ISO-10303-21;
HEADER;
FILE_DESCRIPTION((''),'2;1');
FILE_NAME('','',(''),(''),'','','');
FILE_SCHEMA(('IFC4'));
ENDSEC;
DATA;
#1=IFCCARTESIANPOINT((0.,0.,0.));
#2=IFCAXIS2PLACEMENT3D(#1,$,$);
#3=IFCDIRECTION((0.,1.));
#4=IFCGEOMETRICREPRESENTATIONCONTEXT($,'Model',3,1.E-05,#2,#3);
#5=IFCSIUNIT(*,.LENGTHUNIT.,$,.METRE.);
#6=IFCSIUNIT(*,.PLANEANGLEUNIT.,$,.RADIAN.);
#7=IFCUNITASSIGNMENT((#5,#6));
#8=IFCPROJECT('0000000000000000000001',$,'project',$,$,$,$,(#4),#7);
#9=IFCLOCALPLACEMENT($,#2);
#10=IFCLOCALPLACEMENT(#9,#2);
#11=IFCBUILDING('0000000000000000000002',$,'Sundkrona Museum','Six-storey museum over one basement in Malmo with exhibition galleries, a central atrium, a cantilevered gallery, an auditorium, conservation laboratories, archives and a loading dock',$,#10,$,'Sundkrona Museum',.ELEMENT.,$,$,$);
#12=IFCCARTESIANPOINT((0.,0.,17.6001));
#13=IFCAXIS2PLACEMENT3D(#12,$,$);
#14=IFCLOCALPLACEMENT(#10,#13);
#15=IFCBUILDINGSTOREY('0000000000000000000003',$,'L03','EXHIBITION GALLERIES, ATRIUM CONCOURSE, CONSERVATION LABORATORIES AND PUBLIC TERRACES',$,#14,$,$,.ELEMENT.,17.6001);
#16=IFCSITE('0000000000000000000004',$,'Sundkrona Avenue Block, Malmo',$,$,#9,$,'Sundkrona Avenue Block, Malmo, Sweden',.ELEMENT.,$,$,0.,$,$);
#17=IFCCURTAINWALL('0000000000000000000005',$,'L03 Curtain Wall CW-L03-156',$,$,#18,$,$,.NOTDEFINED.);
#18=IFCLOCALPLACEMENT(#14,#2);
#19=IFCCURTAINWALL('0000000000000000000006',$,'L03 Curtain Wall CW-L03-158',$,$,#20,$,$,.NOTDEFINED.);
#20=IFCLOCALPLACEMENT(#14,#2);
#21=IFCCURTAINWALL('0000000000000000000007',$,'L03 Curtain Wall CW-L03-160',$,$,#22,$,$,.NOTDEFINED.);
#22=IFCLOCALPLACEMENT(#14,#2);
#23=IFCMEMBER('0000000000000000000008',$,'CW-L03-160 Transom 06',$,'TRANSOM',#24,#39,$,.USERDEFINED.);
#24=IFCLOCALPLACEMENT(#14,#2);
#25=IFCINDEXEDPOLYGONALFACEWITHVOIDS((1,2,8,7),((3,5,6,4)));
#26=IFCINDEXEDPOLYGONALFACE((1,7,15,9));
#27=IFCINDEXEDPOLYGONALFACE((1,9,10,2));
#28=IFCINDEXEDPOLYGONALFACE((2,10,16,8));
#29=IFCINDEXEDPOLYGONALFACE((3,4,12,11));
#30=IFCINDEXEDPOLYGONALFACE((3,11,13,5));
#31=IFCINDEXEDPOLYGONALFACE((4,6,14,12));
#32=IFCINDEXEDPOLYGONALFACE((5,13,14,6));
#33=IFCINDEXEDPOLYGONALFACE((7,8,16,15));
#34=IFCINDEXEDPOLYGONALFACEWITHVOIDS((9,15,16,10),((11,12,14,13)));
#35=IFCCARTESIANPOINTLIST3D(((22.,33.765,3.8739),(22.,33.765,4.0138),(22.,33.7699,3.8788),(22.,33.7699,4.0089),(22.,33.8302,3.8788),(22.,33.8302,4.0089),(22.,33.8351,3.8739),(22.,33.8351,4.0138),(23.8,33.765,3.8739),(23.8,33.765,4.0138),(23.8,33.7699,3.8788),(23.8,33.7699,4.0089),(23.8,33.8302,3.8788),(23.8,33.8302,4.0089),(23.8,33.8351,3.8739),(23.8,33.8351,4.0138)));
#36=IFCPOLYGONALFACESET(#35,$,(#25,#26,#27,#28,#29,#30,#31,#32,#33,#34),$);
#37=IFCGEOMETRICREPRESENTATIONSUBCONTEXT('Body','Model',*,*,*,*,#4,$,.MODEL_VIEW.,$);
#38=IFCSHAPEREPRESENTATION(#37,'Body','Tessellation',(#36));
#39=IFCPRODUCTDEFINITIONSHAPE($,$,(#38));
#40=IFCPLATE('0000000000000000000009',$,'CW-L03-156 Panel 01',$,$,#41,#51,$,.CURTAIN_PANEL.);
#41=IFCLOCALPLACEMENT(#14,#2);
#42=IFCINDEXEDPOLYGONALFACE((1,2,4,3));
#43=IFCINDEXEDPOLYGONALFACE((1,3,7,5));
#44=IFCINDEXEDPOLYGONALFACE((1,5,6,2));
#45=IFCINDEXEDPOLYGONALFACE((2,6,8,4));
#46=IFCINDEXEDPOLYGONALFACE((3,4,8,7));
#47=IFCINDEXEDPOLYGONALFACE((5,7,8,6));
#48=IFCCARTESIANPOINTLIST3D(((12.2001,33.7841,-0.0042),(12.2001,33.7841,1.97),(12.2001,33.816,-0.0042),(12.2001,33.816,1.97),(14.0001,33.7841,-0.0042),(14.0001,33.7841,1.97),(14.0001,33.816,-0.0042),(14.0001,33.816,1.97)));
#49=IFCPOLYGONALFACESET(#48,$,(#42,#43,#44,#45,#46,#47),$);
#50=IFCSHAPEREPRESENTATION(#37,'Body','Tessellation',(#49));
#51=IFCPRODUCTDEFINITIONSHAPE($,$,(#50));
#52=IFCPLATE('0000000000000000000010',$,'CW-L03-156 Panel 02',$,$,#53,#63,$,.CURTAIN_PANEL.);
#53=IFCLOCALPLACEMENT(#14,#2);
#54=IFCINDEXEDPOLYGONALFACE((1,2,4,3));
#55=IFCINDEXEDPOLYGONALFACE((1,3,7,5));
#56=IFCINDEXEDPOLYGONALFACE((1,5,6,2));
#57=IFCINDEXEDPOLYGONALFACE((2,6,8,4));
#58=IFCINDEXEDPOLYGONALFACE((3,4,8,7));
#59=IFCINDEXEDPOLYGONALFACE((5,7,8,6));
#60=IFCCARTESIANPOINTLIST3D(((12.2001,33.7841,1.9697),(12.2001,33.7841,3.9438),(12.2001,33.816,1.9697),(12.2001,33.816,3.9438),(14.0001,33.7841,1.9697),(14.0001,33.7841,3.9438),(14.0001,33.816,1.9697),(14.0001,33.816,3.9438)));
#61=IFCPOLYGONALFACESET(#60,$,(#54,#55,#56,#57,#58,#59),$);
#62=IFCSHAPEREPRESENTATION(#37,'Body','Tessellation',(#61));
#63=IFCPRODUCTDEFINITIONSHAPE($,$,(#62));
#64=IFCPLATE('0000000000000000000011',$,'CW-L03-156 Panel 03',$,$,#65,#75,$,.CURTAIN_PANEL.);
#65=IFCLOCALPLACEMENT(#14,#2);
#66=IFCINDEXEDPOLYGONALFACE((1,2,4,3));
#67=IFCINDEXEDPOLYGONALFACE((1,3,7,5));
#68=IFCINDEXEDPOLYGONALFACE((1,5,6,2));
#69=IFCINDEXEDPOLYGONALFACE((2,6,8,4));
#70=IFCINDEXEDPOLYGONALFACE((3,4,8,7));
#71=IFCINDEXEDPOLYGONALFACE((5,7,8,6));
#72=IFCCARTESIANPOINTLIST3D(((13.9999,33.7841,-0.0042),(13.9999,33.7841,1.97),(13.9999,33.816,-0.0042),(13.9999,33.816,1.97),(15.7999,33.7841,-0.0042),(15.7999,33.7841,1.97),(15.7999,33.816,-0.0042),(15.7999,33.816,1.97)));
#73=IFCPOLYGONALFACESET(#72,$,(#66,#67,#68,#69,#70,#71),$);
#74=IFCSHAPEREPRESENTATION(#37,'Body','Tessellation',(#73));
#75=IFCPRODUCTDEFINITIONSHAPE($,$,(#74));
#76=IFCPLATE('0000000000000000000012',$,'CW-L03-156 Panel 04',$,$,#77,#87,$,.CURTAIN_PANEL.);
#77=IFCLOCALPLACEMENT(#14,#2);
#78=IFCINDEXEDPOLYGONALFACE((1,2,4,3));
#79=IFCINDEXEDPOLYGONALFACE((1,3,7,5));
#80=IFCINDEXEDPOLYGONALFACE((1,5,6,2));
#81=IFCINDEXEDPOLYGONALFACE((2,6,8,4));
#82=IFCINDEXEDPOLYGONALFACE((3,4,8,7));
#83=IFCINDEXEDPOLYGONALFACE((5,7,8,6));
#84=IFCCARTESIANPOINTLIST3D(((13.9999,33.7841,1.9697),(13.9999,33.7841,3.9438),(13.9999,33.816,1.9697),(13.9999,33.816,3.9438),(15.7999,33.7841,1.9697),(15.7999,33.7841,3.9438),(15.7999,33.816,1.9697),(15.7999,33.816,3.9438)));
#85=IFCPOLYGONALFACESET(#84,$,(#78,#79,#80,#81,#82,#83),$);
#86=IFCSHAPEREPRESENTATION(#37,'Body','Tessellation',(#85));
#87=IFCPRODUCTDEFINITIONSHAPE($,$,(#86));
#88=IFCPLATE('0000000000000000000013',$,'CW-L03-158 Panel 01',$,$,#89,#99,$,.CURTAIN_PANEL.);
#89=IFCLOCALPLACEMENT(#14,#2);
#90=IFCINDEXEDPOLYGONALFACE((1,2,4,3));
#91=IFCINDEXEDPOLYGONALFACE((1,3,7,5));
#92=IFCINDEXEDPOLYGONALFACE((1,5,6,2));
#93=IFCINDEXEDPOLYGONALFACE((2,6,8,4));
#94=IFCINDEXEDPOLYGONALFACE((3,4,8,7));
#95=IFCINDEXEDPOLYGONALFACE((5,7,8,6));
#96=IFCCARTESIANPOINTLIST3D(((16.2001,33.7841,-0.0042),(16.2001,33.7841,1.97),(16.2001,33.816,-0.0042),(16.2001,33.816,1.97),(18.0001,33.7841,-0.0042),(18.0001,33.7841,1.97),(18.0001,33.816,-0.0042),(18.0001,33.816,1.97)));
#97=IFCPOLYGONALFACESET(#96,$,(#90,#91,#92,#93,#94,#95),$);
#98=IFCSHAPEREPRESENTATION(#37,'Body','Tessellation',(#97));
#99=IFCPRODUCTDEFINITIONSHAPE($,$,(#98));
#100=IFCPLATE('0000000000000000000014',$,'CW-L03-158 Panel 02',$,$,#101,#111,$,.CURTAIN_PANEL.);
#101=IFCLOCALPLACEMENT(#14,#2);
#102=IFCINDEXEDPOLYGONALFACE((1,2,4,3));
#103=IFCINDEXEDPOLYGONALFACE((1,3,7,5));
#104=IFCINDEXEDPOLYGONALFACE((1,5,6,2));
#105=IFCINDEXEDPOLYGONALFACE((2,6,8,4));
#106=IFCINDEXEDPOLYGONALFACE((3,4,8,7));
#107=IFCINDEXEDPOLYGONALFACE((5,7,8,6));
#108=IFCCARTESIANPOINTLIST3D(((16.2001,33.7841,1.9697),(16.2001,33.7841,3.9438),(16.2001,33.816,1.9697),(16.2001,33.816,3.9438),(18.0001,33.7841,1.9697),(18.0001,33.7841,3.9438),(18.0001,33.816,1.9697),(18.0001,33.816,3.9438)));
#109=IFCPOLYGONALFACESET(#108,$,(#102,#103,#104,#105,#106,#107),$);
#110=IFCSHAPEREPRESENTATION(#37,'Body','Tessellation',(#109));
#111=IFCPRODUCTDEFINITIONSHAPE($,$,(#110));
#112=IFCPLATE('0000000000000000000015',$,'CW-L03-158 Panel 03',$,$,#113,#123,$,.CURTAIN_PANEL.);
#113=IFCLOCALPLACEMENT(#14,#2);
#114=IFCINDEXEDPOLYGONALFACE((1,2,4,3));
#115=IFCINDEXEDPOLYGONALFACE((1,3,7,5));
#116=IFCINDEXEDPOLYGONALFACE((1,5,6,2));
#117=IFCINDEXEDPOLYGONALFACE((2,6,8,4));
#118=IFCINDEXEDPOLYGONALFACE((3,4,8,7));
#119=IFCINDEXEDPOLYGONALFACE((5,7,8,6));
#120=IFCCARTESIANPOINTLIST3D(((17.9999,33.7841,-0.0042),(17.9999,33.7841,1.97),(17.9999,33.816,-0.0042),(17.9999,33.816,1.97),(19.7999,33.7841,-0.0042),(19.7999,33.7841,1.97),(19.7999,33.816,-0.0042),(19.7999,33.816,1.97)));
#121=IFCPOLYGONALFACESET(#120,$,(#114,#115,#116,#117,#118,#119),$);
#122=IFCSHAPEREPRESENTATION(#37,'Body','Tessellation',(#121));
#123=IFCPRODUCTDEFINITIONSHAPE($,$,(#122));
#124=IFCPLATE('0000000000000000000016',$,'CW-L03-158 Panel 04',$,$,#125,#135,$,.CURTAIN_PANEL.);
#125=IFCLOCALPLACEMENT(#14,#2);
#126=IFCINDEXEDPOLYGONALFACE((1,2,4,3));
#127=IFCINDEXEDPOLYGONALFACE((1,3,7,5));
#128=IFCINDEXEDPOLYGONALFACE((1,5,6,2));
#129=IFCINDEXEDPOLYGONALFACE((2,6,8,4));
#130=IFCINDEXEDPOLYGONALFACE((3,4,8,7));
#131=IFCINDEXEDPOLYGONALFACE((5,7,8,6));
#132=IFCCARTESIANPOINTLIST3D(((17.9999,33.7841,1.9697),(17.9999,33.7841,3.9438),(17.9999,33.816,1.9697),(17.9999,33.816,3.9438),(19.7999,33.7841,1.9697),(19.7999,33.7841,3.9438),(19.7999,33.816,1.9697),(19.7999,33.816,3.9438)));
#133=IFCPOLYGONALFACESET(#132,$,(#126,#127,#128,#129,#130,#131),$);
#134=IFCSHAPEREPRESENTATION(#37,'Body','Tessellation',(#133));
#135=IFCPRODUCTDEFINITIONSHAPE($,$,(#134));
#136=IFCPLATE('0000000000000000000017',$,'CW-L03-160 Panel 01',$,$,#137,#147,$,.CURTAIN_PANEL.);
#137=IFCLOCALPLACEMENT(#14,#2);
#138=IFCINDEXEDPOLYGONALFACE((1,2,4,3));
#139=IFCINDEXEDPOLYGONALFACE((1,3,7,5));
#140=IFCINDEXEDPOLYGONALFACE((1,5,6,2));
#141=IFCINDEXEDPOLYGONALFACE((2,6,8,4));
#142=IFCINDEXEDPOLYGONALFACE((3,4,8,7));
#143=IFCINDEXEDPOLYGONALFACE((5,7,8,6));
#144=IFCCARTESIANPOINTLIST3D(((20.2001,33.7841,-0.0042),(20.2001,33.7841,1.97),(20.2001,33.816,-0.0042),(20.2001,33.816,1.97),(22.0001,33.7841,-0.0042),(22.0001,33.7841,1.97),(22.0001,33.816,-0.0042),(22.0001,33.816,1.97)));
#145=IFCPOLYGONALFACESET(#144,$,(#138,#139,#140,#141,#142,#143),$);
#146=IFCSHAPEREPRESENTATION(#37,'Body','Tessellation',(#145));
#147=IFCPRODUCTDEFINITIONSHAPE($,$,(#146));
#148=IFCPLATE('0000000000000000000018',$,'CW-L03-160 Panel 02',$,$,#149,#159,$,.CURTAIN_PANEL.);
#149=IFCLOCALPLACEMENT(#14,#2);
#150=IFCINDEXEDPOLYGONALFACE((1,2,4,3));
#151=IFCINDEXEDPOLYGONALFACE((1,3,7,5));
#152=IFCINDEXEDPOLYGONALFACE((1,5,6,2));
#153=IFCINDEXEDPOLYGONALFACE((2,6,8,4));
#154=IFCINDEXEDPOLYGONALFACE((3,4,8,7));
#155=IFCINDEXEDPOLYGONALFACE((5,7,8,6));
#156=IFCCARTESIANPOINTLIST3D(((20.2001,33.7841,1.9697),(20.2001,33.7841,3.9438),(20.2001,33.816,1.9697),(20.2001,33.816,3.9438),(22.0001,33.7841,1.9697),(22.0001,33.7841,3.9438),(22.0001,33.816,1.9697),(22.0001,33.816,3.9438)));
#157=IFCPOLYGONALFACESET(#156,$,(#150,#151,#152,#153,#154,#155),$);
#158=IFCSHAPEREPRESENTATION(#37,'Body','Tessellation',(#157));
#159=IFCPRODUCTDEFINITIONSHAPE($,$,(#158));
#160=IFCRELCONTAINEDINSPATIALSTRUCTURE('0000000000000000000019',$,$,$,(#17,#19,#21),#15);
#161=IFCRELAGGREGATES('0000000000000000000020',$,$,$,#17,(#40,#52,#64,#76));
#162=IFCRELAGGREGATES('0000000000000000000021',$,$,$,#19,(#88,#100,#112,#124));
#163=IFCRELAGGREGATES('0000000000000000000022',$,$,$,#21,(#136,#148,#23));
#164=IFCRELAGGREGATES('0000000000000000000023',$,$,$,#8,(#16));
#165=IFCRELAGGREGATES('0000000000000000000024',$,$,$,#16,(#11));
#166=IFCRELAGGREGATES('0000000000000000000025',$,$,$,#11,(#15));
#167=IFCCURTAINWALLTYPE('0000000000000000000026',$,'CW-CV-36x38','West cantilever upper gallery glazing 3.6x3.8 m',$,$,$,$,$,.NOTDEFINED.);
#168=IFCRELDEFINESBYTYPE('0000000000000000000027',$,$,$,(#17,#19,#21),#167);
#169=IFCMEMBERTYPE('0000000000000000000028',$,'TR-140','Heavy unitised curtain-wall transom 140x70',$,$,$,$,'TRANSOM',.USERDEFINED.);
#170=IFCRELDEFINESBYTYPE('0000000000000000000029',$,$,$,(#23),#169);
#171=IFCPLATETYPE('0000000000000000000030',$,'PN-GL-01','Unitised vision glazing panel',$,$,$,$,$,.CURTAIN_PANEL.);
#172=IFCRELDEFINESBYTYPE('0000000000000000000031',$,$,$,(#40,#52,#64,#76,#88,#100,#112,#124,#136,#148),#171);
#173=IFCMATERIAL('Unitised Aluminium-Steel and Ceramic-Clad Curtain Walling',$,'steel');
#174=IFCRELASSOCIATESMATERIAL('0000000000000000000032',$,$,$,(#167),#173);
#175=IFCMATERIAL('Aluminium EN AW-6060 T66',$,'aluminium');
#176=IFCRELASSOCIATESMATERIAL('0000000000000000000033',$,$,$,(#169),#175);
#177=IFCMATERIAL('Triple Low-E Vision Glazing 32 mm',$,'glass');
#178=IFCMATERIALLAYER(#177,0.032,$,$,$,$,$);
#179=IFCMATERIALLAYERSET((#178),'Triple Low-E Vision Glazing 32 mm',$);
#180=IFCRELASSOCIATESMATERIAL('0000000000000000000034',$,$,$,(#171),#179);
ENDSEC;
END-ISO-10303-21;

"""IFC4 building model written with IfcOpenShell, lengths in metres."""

from ifc_helpers import new_model, si_unit, direction, frame, origin, origin_2d, place, context, subcontext, project, spatial, rectangle, hollow_rectangle, extrude, material, layer, layer_set, material_profile, profile_set, type_object, element, aggregate, save


model = new_model("IFC4")

# Units and contexts
model_context = context("Model", 3, precision=1e-05, world=origin(), true_north=direction((0.0, 1.0)))
body_context = subcontext(model_context, "Body", "Model", "MODEL_VIEW")
ifc_project = project(units=[si_unit("LENGTHUNIT", "METRE"), si_unit("PLANEANGLEUNIT", "RADIAN")], contexts=[model_context])

# Site, building, storey
site_placement = place(None, origin())
site = spatial("IfcSite", under=ifc_project, at=site_placement, Name="Sundkrona Avenue Block, Malmo", LongName="Sundkrona Avenue Block, Malmo, Sweden", CompositionType="ELEMENT", RefElevation=0.0)
building_placement = place(site_placement, origin())
building = spatial("IfcBuilding", under=site, at=building_placement, Name="Sundkrona Museum", Description="Six-storey museum over one basement in Malmo with exhibition galleries, a central atrium, a cantilevered gallery, an auditorium, conservation laboratories, archives and a loading dock", LongName="Sundkrona Museum", CompositionType="ELEMENT")
storey_placement = place(building_placement, frame((0.0, 0.0, 17.6001)))
storey = spatial("IfcBuildingStorey", under=building, at=storey_placement, Name="L03", Description="EXHIBITION GALLERIES, ATRIUM CONCOURSE, CONSERVATION LABORATORIES AND PUBLIC TERRACES", CompositionType="ELEMENT", Elevation=17.6001)

# Curtain walls
ifc_material_1 = material(Name="Unitised Aluminium-Steel and Ceramic-Clad Curtain Walling", Category="steel")
curtain_wall_type = type_object("IfcCurtainWallType", Name="CW-CV-36x38", Description="West cantilever upper gallery glazing 3.6x3.8 m", PredefinedType="NOTDEFINED", material=ifc_material_1)
curtain_wall_1_placement = place(storey_placement, origin())
curtain_wall_1 = element("IfcCurtainWall", 1, at=curtain_wall_1_placement, inside=storey, type_object=curtain_wall_type, Name="L03 Curtain Wall CW-L03-156", PredefinedType="NOTDEFINED")
ifc_material_2 = material(Name="Aluminium EN AW-6060 T66", Category="aluminium")
curtain_wall_2_placement = place(storey_placement, origin())
curtain_wall_2 = element("IfcCurtainWall", 2, at=curtain_wall_2_placement, inside=storey, type_object=curtain_wall_type, Name="L03 Curtain Wall CW-L03-158", PredefinedType="NOTDEFINED")
curtain_wall_3_placement = place(storey_placement, origin())
curtain_wall_3 = element("IfcCurtainWall", 3, at=curtain_wall_3_placement, inside=storey, type_object=curtain_wall_type, Name="L03 Curtain Wall CW-L03-160", PredefinedType="NOTDEFINED")

# Member
ifc_material_profile_1 = material_profile(ifc_material_2, hollow_rectangle(XDim=0.0701, YDim=0.1399, WallThickness=0.0049, at=origin_2d()), Name="RHS 140x70x5.0")
ifc_profile_set_1 = profile_set([ifc_material_profile_1], Name="Aluminium EN AW-6060 T66")
member_type_1 = type_object("IfcMemberType", Name="TR-140", Description="Heavy unitised curtain-wall transom 140x70", ElementType="TRANSOM", PredefinedType="USERDEFINED", material=ifc_profile_set_1)
member_1_placement = place(storey_placement, frame((22.0, 33.8, 3.9438), z_axis=(1.0, 0.0, 0.0), x_axis=(0.0, 1.0, 0.0)))
member_1 = element("IfcMember", 4, at=member_1_placement, type_object=member_type_1, Name="CW-L03-160 Transom 06", ObjectType="TRANSOM", PredefinedType="USERDEFINED", context=body_context, shape_type="SweptSolid", body=[
    extrude(hollow_rectangle(XDim=0.0701, YDim=0.1399, WallThickness=0.0049, at=origin_2d()), origin(), (0.0, 0.0, 1.0), 1.8),
])

# Plates
ifc_material_3 = material(Name="Triple Low-E Vision Glazing 32 mm", Category="glass")
ifc_layer = layer(ifc_material_3, 0.032)
ifc_layer_set = layer_set([ifc_layer], Name="Triple Low-E Vision Glazing 32 mm")
plate_type = type_object("IfcPlateType", Name="PN-GL-01", Description="Unitised vision glazing panel", PredefinedType="CURTAIN_PANEL", material=ifc_layer_set)
plate_1_placement = place(storey_placement, frame((13.1001, 33.8, -0.0042), z_axis=(0.0, 0.0, 1.0), x_axis=(1.0, 0.0, 0.0)))
plate_1 = element("IfcPlate", 5, at=plate_1_placement, type_object=plate_type, Name="CW-L03-156 Panel 01", PredefinedType="CURTAIN_PANEL", context=body_context, shape_type="SweptSolid", body=[
    extrude(rectangle(XDim=1.8, YDim=0.032, at=origin_2d()), origin(), (0.0, 0.0, 1.0), 1.9741),
])
plate_2_placement = place(storey_placement, frame((13.1001, 33.8, 1.9697), z_axis=(0.0, 0.0, 1.0), x_axis=(1.0, 0.0, 0.0)))
plate_2 = element("IfcPlate", 6, at=plate_2_placement, type_object=plate_type, Name="CW-L03-156 Panel 02", PredefinedType="CURTAIN_PANEL", context=body_context, shape_type="SweptSolid", body=[
    extrude(rectangle(XDim=1.8, YDim=0.032, at=origin_2d()), origin(), (0.0, 0.0, 1.0), 1.9741),
])
plate_3_placement = place(storey_placement, frame((14.8999, 33.8, -0.0042), z_axis=(0.0, 0.0, 1.0), x_axis=(1.0, 0.0, 0.0)))
plate_3 = element("IfcPlate", 7, at=plate_3_placement, type_object=plate_type, Name="CW-L03-156 Panel 03", PredefinedType="CURTAIN_PANEL", context=body_context, shape_type="SweptSolid", body=[
    extrude(rectangle(XDim=1.8, YDim=0.032, at=origin_2d()), origin(), (0.0, 0.0, 1.0), 1.9741),
])
plate_4_placement = place(storey_placement, frame((14.8999, 33.8, 1.9697), z_axis=(0.0, 0.0, 1.0), x_axis=(1.0, 0.0, 0.0)))
plate_4 = element("IfcPlate", 8, at=plate_4_placement, type_object=plate_type, Name="CW-L03-156 Panel 04", PredefinedType="CURTAIN_PANEL", context=body_context, shape_type="SweptSolid", body=[
    extrude(rectangle(XDim=1.8, YDim=0.032, at=origin_2d()), origin(), (0.0, 0.0, 1.0), 1.9741),
])
aggregate(curtain_wall_1, [plate_1, plate_2, plate_3, plate_4])
plate_5_placement = place(storey_placement, frame((17.1001, 33.8, -0.0042), z_axis=(0.0, 0.0, 1.0), x_axis=(1.0, 0.0, 0.0)))
plate_5 = element("IfcPlate", 9, at=plate_5_placement, type_object=plate_type, Name="CW-L03-158 Panel 01", PredefinedType="CURTAIN_PANEL", context=body_context, shape_type="SweptSolid", body=[
    extrude(rectangle(XDim=1.8, YDim=0.032, at=origin_2d()), origin(), (0.0, 0.0, 1.0), 1.9741),
])
plate_6_placement = place(storey_placement, frame((17.1001, 33.8, 1.9697), z_axis=(0.0, 0.0, 1.0), x_axis=(1.0, 0.0, 0.0)))
plate_6 = element("IfcPlate", 10, at=plate_6_placement, type_object=plate_type, Name="CW-L03-158 Panel 02", PredefinedType="CURTAIN_PANEL", context=body_context, shape_type="SweptSolid", body=[
    extrude(rectangle(XDim=1.8, YDim=0.032, at=origin_2d()), origin(), (0.0, 0.0, 1.0), 1.9741),
])
plate_7_placement = place(storey_placement, frame((18.8999, 33.8, -0.0042), z_axis=(0.0, 0.0, 1.0), x_axis=(1.0, 0.0, 0.0)))
plate_7 = element("IfcPlate", 11, at=plate_7_placement, type_object=plate_type, Name="CW-L03-158 Panel 03", PredefinedType="CURTAIN_PANEL", context=body_context, shape_type="SweptSolid", body=[
    extrude(rectangle(XDim=1.8, YDim=0.032, at=origin_2d()), origin(), (0.0, 0.0, 1.0), 1.9741),
])
plate_8_placement = place(storey_placement, frame((18.8999, 33.8, 1.9697), z_axis=(0.0, 0.0, 1.0), x_axis=(1.0, 0.0, 0.0)))
plate_8 = element("IfcPlate", 12, at=plate_8_placement, type_object=plate_type, Name="CW-L03-158 Panel 04", PredefinedType="CURTAIN_PANEL", context=body_context, shape_type="SweptSolid", body=[
    extrude(rectangle(XDim=1.8, YDim=0.032, at=origin_2d()), origin(), (0.0, 0.0, 1.0), 1.9741),
])
aggregate(curtain_wall_2, [plate_5, plate_6, plate_7, plate_8])
plate_9_placement = place(storey_placement, frame((21.1001, 33.8, -0.0042), z_axis=(0.0, 0.0, 1.0), x_axis=(1.0, 0.0, 0.0)))
plate_9 = element("IfcPlate", 13, at=plate_9_placement, type_object=plate_type, Name="CW-L03-160 Panel 01", PredefinedType="CURTAIN_PANEL", context=body_context, shape_type="SweptSolid", body=[
    extrude(rectangle(XDim=1.8, YDim=0.032, at=origin_2d()), origin(), (0.0, 0.0, 1.0), 1.9741),
])
plate_10_placement = place(storey_placement, frame((21.1001, 33.8, 1.9697), z_axis=(0.0, 0.0, 1.0), x_axis=(1.0, 0.0, 0.0)))
plate_10 = element("IfcPlate", 14, at=plate_10_placement, type_object=plate_type, Name="CW-L03-160 Panel 02", PredefinedType="CURTAIN_PANEL", context=body_context, shape_type="SweptSolid", body=[
    extrude(rectangle(XDim=1.8, YDim=0.032, at=origin_2d()), origin(), (0.0, 0.0, 1.0), 1.9741),
])
aggregate(curtain_wall_3, [plate_9, plate_10, member_1])

save(model, "model.ifc")
